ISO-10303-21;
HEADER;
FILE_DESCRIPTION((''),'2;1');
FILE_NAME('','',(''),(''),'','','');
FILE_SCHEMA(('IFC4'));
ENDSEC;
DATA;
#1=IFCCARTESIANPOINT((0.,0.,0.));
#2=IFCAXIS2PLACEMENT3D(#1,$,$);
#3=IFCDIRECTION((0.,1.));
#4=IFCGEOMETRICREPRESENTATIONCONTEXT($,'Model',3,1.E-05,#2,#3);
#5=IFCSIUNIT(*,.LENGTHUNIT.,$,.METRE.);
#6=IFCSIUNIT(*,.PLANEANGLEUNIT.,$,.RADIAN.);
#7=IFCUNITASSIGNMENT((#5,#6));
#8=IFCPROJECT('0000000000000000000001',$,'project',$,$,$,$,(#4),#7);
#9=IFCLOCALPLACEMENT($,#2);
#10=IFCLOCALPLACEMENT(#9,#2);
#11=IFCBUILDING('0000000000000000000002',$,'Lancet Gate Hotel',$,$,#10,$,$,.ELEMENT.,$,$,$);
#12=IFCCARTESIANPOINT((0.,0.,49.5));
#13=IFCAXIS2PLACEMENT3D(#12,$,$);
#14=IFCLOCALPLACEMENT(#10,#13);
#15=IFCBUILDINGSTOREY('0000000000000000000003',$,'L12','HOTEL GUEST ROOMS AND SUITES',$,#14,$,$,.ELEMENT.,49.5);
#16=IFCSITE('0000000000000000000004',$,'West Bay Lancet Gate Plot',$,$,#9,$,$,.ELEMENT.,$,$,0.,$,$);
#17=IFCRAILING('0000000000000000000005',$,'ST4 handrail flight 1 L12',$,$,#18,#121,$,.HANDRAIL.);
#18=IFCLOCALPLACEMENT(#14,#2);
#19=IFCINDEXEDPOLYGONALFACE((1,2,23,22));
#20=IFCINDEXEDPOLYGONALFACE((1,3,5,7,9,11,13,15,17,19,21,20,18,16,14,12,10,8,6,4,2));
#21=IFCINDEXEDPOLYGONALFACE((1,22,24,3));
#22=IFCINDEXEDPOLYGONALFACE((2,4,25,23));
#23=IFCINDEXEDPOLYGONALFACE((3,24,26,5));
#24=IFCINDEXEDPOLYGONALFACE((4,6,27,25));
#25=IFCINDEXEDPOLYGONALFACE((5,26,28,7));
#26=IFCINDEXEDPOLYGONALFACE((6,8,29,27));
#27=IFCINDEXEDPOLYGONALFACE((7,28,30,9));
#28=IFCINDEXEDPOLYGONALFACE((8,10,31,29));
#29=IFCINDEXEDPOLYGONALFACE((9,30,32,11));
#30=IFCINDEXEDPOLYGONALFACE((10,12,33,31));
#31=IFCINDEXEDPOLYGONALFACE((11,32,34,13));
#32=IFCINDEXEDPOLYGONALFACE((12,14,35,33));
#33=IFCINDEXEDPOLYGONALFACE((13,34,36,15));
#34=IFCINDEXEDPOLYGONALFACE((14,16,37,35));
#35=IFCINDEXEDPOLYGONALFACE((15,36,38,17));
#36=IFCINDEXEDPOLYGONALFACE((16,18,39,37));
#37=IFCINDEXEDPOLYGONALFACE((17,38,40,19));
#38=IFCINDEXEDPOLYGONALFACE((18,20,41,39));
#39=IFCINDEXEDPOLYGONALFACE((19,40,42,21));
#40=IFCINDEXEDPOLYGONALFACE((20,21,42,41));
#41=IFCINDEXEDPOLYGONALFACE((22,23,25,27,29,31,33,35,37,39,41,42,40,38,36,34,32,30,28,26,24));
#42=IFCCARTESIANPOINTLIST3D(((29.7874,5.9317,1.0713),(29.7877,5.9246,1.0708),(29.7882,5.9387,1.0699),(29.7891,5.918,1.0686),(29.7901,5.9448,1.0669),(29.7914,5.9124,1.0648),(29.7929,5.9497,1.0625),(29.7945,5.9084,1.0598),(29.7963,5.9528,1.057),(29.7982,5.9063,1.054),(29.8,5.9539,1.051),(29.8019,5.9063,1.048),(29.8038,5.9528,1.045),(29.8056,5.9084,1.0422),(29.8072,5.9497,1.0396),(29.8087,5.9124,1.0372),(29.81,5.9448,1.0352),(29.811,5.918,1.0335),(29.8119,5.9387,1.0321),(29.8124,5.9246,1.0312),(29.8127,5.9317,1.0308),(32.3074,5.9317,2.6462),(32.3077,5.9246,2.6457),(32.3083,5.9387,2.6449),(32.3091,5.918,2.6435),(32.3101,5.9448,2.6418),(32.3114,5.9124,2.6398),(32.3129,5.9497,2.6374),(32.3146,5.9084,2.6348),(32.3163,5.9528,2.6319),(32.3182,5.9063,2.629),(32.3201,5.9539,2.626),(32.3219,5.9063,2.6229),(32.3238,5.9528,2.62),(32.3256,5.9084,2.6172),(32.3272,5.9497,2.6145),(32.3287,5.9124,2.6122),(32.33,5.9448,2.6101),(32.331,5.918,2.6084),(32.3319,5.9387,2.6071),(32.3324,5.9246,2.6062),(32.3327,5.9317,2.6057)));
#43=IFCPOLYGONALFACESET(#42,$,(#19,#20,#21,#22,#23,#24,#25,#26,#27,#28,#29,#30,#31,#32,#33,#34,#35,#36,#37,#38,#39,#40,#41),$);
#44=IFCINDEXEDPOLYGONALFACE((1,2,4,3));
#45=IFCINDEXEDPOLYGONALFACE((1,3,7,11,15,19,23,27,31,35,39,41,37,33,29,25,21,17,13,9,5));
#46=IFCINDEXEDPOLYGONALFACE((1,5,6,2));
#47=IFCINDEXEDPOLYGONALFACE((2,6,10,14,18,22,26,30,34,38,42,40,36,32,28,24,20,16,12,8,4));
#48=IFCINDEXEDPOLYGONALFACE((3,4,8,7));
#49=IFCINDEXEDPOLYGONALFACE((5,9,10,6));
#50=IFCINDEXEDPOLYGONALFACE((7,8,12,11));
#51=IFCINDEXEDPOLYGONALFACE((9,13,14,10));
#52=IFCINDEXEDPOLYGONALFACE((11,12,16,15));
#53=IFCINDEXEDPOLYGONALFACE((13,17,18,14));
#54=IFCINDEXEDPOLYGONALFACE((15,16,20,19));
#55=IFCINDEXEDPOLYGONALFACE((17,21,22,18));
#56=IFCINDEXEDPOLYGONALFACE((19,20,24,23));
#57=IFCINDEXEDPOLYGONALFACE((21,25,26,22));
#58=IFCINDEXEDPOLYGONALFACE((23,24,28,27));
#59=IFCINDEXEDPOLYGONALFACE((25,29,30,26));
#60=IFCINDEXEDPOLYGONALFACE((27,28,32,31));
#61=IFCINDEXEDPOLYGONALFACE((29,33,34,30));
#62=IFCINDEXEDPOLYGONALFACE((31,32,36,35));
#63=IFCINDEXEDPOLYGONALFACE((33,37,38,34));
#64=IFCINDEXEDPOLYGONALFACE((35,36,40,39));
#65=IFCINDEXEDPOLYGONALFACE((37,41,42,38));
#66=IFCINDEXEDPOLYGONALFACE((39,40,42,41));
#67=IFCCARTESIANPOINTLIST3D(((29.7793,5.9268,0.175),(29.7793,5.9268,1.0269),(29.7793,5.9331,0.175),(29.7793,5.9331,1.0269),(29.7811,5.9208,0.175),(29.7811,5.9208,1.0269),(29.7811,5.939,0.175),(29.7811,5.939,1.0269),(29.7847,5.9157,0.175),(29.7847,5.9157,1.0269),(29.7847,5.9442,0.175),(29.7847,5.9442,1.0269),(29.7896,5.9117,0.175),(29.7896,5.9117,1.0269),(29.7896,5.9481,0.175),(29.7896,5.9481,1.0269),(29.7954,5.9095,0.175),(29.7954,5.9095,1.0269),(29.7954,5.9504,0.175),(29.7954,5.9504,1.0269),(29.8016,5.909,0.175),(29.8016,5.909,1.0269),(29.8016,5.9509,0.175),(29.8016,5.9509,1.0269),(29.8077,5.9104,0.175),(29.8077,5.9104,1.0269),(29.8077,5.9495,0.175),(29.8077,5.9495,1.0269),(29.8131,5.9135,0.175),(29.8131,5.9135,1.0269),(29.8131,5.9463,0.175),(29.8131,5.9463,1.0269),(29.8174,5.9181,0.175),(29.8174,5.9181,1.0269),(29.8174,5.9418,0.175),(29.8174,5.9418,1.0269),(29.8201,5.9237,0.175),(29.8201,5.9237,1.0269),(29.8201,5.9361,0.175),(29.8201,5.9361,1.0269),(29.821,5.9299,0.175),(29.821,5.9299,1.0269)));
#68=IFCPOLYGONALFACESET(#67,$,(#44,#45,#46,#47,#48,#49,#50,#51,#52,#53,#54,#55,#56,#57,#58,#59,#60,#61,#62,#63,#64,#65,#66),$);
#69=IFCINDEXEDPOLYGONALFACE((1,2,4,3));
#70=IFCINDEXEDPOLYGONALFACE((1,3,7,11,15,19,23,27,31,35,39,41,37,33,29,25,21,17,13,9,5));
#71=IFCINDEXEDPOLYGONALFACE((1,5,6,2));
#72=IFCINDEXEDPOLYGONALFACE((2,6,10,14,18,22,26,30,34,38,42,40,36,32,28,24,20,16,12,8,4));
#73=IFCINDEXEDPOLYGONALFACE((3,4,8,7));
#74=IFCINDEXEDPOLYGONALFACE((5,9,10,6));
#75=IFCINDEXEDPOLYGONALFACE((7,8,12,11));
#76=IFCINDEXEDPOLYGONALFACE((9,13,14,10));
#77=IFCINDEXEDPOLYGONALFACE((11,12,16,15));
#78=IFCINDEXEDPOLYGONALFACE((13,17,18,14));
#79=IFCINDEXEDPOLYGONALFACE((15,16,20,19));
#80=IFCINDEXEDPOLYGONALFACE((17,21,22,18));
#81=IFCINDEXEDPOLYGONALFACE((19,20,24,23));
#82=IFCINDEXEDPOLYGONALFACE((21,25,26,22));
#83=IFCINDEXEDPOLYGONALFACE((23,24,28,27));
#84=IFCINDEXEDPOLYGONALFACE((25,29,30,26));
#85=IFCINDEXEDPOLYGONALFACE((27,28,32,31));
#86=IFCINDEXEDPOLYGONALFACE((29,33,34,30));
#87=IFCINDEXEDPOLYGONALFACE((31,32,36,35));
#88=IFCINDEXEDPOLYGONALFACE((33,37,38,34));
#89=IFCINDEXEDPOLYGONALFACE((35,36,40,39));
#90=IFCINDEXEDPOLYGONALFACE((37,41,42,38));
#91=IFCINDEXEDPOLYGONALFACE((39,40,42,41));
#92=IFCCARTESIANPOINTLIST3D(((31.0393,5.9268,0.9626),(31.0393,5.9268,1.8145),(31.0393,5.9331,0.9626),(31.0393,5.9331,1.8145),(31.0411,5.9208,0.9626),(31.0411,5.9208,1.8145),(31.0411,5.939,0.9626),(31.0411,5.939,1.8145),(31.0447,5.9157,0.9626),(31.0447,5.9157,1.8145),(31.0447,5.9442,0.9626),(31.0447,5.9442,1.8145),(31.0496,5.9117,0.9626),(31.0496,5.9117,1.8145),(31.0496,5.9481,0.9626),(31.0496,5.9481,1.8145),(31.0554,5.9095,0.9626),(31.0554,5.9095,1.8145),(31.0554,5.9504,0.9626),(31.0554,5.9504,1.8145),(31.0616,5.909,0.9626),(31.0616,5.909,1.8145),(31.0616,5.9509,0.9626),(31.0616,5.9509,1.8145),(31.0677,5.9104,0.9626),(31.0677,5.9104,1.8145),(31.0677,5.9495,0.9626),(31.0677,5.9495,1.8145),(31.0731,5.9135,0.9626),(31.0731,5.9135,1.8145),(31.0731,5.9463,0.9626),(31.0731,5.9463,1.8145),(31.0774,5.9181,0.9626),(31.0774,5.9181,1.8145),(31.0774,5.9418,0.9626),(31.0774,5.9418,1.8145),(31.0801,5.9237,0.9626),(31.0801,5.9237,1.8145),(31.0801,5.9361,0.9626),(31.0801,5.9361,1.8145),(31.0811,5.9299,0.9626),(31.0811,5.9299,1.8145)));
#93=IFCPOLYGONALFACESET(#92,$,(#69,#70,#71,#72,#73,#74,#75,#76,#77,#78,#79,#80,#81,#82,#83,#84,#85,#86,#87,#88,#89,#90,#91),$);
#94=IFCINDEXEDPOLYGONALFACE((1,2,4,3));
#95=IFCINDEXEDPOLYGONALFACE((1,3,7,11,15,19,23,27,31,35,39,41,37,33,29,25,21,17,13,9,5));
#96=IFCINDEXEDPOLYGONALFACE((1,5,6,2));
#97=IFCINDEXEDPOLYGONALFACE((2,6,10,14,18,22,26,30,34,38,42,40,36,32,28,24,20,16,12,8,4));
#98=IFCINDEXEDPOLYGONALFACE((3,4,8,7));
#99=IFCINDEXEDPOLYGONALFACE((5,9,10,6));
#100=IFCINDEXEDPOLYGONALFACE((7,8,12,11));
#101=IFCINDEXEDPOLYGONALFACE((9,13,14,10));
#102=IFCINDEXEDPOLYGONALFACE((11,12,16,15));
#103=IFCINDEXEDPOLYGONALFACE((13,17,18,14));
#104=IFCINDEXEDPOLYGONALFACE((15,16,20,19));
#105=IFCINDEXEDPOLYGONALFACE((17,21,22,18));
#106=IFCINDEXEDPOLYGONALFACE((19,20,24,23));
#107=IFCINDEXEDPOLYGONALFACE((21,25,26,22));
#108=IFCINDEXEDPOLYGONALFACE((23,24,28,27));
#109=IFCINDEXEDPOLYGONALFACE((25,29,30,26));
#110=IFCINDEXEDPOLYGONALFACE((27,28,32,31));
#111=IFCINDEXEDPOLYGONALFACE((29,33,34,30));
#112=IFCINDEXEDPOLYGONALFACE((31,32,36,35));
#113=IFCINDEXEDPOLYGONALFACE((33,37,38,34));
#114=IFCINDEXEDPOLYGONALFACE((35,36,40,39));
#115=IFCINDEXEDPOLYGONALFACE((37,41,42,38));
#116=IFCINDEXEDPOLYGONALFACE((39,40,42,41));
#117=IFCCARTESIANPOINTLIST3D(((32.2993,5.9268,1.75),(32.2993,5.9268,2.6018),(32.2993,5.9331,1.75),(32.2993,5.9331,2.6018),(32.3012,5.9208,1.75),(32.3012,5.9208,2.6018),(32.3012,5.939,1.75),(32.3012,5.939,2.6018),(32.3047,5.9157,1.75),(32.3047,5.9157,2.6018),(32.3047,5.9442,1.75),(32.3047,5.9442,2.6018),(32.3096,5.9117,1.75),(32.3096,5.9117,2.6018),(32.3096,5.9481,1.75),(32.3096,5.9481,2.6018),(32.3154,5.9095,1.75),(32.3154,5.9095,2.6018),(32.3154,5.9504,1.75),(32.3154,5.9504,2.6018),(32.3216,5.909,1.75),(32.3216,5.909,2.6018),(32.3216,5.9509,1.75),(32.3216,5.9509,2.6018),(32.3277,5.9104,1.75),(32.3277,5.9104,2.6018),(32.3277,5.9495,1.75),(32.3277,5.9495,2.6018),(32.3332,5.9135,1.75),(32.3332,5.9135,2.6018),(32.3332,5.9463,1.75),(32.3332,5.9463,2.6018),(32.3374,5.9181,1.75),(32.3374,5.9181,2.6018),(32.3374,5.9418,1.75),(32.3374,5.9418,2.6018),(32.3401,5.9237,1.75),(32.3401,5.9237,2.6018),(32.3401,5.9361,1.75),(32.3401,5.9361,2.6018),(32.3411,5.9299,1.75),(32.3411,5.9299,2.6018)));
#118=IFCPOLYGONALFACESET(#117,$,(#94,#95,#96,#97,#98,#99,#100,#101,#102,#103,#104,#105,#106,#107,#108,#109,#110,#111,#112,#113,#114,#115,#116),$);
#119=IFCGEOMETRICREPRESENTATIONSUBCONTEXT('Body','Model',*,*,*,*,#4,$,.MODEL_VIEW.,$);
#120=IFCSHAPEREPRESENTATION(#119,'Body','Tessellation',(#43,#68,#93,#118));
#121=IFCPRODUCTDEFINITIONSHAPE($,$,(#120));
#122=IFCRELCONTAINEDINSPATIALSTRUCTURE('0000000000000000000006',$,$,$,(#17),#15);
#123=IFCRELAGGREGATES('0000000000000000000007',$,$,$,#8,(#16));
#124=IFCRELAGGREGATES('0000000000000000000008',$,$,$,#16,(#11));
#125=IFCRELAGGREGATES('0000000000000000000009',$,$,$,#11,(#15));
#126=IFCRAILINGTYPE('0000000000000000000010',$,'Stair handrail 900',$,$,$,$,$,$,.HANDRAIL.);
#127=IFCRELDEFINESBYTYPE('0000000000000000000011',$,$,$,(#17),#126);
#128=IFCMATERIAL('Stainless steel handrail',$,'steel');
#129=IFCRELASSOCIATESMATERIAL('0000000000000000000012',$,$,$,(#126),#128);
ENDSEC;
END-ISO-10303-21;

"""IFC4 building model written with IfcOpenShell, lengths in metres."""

from ifc_helpers import new_model, si_unit, direction, frame, origin, origin_2d, place, context, subcontext, project, spatial, circle, extrude, material, type_object, element, save


model = new_model("IFC4")

# Units and contexts
model_context = context("Model", 3, precision=1e-05, world=origin(), true_north=direction((0.0, 1.0)))
body_context = subcontext(model_context, "Body", "Model", "MODEL_VIEW")
ifc_project = project(units=[si_unit("LENGTHUNIT", "METRE"), si_unit("PLANEANGLEUNIT", "RADIAN")], contexts=[model_context])

# Site, building, storey
site_placement = place(None, origin())
site = spatial("IfcSite", under=ifc_project, at=site_placement, Name="West Bay Lancet Gate Plot", CompositionType="ELEMENT", RefElevation=0.0)
building_placement = place(site_placement, origin())
building = spatial("IfcBuilding", under=site, at=building_placement, Name="Lancet Gate Hotel", CompositionType="ELEMENT")
storey_placement = place(building_placement, frame((0.0, 0.0, 49.5)))
storey = spatial("IfcBuildingStorey", under=building, at=storey_placement, Name="L12", Description="HOTEL GUEST ROOMS AND SUITES", CompositionType="ELEMENT", Elevation=49.5)

# Railing
ifc_material_1 = material(Name="Stainless steel handrail", Category="steel")
railing_type = type_object("IfcRailingType", Name="Stair handrail 900", PredefinedType="HANDRAIL", material=ifc_material_1)
railing_1_placement = place(storey_placement, frame((29.8, 5.9299, 0.175)))
element("IfcRailing", 1, at=railing_1_placement, inside=storey, type_object=railing_type, Name="ST4 handrail flight 1 L12", PredefinedType="HANDRAIL", context=body_context, shape_type="SweptSolid", body=[
    extrude(circle(Radius=0.0239, at=origin_2d()), frame((0.0, 0.0, 0.876), z_axis=(0.848008, 0.0, 0.529984), x_axis=(0.0, 1.0, 0.0)), (0.0, 0.0, 1.0), 2.9717),
    extrude(circle(Radius=0.021, at=origin_2d()), origin(), (0.0, 0.0, 1.0), 0.8518),
    extrude(circle(Radius=0.021, at=origin_2d()), frame((1.26, 0.0, 0.7876)), (0.0, 0.0, 1.0), 0.8518),
    extrude(circle(Radius=0.021, at=origin_2d()), frame((2.52, 0.0, 1.575)), (0.0, 0.0, 1.0), 0.8518),
])

save(model, "model.ifc")
